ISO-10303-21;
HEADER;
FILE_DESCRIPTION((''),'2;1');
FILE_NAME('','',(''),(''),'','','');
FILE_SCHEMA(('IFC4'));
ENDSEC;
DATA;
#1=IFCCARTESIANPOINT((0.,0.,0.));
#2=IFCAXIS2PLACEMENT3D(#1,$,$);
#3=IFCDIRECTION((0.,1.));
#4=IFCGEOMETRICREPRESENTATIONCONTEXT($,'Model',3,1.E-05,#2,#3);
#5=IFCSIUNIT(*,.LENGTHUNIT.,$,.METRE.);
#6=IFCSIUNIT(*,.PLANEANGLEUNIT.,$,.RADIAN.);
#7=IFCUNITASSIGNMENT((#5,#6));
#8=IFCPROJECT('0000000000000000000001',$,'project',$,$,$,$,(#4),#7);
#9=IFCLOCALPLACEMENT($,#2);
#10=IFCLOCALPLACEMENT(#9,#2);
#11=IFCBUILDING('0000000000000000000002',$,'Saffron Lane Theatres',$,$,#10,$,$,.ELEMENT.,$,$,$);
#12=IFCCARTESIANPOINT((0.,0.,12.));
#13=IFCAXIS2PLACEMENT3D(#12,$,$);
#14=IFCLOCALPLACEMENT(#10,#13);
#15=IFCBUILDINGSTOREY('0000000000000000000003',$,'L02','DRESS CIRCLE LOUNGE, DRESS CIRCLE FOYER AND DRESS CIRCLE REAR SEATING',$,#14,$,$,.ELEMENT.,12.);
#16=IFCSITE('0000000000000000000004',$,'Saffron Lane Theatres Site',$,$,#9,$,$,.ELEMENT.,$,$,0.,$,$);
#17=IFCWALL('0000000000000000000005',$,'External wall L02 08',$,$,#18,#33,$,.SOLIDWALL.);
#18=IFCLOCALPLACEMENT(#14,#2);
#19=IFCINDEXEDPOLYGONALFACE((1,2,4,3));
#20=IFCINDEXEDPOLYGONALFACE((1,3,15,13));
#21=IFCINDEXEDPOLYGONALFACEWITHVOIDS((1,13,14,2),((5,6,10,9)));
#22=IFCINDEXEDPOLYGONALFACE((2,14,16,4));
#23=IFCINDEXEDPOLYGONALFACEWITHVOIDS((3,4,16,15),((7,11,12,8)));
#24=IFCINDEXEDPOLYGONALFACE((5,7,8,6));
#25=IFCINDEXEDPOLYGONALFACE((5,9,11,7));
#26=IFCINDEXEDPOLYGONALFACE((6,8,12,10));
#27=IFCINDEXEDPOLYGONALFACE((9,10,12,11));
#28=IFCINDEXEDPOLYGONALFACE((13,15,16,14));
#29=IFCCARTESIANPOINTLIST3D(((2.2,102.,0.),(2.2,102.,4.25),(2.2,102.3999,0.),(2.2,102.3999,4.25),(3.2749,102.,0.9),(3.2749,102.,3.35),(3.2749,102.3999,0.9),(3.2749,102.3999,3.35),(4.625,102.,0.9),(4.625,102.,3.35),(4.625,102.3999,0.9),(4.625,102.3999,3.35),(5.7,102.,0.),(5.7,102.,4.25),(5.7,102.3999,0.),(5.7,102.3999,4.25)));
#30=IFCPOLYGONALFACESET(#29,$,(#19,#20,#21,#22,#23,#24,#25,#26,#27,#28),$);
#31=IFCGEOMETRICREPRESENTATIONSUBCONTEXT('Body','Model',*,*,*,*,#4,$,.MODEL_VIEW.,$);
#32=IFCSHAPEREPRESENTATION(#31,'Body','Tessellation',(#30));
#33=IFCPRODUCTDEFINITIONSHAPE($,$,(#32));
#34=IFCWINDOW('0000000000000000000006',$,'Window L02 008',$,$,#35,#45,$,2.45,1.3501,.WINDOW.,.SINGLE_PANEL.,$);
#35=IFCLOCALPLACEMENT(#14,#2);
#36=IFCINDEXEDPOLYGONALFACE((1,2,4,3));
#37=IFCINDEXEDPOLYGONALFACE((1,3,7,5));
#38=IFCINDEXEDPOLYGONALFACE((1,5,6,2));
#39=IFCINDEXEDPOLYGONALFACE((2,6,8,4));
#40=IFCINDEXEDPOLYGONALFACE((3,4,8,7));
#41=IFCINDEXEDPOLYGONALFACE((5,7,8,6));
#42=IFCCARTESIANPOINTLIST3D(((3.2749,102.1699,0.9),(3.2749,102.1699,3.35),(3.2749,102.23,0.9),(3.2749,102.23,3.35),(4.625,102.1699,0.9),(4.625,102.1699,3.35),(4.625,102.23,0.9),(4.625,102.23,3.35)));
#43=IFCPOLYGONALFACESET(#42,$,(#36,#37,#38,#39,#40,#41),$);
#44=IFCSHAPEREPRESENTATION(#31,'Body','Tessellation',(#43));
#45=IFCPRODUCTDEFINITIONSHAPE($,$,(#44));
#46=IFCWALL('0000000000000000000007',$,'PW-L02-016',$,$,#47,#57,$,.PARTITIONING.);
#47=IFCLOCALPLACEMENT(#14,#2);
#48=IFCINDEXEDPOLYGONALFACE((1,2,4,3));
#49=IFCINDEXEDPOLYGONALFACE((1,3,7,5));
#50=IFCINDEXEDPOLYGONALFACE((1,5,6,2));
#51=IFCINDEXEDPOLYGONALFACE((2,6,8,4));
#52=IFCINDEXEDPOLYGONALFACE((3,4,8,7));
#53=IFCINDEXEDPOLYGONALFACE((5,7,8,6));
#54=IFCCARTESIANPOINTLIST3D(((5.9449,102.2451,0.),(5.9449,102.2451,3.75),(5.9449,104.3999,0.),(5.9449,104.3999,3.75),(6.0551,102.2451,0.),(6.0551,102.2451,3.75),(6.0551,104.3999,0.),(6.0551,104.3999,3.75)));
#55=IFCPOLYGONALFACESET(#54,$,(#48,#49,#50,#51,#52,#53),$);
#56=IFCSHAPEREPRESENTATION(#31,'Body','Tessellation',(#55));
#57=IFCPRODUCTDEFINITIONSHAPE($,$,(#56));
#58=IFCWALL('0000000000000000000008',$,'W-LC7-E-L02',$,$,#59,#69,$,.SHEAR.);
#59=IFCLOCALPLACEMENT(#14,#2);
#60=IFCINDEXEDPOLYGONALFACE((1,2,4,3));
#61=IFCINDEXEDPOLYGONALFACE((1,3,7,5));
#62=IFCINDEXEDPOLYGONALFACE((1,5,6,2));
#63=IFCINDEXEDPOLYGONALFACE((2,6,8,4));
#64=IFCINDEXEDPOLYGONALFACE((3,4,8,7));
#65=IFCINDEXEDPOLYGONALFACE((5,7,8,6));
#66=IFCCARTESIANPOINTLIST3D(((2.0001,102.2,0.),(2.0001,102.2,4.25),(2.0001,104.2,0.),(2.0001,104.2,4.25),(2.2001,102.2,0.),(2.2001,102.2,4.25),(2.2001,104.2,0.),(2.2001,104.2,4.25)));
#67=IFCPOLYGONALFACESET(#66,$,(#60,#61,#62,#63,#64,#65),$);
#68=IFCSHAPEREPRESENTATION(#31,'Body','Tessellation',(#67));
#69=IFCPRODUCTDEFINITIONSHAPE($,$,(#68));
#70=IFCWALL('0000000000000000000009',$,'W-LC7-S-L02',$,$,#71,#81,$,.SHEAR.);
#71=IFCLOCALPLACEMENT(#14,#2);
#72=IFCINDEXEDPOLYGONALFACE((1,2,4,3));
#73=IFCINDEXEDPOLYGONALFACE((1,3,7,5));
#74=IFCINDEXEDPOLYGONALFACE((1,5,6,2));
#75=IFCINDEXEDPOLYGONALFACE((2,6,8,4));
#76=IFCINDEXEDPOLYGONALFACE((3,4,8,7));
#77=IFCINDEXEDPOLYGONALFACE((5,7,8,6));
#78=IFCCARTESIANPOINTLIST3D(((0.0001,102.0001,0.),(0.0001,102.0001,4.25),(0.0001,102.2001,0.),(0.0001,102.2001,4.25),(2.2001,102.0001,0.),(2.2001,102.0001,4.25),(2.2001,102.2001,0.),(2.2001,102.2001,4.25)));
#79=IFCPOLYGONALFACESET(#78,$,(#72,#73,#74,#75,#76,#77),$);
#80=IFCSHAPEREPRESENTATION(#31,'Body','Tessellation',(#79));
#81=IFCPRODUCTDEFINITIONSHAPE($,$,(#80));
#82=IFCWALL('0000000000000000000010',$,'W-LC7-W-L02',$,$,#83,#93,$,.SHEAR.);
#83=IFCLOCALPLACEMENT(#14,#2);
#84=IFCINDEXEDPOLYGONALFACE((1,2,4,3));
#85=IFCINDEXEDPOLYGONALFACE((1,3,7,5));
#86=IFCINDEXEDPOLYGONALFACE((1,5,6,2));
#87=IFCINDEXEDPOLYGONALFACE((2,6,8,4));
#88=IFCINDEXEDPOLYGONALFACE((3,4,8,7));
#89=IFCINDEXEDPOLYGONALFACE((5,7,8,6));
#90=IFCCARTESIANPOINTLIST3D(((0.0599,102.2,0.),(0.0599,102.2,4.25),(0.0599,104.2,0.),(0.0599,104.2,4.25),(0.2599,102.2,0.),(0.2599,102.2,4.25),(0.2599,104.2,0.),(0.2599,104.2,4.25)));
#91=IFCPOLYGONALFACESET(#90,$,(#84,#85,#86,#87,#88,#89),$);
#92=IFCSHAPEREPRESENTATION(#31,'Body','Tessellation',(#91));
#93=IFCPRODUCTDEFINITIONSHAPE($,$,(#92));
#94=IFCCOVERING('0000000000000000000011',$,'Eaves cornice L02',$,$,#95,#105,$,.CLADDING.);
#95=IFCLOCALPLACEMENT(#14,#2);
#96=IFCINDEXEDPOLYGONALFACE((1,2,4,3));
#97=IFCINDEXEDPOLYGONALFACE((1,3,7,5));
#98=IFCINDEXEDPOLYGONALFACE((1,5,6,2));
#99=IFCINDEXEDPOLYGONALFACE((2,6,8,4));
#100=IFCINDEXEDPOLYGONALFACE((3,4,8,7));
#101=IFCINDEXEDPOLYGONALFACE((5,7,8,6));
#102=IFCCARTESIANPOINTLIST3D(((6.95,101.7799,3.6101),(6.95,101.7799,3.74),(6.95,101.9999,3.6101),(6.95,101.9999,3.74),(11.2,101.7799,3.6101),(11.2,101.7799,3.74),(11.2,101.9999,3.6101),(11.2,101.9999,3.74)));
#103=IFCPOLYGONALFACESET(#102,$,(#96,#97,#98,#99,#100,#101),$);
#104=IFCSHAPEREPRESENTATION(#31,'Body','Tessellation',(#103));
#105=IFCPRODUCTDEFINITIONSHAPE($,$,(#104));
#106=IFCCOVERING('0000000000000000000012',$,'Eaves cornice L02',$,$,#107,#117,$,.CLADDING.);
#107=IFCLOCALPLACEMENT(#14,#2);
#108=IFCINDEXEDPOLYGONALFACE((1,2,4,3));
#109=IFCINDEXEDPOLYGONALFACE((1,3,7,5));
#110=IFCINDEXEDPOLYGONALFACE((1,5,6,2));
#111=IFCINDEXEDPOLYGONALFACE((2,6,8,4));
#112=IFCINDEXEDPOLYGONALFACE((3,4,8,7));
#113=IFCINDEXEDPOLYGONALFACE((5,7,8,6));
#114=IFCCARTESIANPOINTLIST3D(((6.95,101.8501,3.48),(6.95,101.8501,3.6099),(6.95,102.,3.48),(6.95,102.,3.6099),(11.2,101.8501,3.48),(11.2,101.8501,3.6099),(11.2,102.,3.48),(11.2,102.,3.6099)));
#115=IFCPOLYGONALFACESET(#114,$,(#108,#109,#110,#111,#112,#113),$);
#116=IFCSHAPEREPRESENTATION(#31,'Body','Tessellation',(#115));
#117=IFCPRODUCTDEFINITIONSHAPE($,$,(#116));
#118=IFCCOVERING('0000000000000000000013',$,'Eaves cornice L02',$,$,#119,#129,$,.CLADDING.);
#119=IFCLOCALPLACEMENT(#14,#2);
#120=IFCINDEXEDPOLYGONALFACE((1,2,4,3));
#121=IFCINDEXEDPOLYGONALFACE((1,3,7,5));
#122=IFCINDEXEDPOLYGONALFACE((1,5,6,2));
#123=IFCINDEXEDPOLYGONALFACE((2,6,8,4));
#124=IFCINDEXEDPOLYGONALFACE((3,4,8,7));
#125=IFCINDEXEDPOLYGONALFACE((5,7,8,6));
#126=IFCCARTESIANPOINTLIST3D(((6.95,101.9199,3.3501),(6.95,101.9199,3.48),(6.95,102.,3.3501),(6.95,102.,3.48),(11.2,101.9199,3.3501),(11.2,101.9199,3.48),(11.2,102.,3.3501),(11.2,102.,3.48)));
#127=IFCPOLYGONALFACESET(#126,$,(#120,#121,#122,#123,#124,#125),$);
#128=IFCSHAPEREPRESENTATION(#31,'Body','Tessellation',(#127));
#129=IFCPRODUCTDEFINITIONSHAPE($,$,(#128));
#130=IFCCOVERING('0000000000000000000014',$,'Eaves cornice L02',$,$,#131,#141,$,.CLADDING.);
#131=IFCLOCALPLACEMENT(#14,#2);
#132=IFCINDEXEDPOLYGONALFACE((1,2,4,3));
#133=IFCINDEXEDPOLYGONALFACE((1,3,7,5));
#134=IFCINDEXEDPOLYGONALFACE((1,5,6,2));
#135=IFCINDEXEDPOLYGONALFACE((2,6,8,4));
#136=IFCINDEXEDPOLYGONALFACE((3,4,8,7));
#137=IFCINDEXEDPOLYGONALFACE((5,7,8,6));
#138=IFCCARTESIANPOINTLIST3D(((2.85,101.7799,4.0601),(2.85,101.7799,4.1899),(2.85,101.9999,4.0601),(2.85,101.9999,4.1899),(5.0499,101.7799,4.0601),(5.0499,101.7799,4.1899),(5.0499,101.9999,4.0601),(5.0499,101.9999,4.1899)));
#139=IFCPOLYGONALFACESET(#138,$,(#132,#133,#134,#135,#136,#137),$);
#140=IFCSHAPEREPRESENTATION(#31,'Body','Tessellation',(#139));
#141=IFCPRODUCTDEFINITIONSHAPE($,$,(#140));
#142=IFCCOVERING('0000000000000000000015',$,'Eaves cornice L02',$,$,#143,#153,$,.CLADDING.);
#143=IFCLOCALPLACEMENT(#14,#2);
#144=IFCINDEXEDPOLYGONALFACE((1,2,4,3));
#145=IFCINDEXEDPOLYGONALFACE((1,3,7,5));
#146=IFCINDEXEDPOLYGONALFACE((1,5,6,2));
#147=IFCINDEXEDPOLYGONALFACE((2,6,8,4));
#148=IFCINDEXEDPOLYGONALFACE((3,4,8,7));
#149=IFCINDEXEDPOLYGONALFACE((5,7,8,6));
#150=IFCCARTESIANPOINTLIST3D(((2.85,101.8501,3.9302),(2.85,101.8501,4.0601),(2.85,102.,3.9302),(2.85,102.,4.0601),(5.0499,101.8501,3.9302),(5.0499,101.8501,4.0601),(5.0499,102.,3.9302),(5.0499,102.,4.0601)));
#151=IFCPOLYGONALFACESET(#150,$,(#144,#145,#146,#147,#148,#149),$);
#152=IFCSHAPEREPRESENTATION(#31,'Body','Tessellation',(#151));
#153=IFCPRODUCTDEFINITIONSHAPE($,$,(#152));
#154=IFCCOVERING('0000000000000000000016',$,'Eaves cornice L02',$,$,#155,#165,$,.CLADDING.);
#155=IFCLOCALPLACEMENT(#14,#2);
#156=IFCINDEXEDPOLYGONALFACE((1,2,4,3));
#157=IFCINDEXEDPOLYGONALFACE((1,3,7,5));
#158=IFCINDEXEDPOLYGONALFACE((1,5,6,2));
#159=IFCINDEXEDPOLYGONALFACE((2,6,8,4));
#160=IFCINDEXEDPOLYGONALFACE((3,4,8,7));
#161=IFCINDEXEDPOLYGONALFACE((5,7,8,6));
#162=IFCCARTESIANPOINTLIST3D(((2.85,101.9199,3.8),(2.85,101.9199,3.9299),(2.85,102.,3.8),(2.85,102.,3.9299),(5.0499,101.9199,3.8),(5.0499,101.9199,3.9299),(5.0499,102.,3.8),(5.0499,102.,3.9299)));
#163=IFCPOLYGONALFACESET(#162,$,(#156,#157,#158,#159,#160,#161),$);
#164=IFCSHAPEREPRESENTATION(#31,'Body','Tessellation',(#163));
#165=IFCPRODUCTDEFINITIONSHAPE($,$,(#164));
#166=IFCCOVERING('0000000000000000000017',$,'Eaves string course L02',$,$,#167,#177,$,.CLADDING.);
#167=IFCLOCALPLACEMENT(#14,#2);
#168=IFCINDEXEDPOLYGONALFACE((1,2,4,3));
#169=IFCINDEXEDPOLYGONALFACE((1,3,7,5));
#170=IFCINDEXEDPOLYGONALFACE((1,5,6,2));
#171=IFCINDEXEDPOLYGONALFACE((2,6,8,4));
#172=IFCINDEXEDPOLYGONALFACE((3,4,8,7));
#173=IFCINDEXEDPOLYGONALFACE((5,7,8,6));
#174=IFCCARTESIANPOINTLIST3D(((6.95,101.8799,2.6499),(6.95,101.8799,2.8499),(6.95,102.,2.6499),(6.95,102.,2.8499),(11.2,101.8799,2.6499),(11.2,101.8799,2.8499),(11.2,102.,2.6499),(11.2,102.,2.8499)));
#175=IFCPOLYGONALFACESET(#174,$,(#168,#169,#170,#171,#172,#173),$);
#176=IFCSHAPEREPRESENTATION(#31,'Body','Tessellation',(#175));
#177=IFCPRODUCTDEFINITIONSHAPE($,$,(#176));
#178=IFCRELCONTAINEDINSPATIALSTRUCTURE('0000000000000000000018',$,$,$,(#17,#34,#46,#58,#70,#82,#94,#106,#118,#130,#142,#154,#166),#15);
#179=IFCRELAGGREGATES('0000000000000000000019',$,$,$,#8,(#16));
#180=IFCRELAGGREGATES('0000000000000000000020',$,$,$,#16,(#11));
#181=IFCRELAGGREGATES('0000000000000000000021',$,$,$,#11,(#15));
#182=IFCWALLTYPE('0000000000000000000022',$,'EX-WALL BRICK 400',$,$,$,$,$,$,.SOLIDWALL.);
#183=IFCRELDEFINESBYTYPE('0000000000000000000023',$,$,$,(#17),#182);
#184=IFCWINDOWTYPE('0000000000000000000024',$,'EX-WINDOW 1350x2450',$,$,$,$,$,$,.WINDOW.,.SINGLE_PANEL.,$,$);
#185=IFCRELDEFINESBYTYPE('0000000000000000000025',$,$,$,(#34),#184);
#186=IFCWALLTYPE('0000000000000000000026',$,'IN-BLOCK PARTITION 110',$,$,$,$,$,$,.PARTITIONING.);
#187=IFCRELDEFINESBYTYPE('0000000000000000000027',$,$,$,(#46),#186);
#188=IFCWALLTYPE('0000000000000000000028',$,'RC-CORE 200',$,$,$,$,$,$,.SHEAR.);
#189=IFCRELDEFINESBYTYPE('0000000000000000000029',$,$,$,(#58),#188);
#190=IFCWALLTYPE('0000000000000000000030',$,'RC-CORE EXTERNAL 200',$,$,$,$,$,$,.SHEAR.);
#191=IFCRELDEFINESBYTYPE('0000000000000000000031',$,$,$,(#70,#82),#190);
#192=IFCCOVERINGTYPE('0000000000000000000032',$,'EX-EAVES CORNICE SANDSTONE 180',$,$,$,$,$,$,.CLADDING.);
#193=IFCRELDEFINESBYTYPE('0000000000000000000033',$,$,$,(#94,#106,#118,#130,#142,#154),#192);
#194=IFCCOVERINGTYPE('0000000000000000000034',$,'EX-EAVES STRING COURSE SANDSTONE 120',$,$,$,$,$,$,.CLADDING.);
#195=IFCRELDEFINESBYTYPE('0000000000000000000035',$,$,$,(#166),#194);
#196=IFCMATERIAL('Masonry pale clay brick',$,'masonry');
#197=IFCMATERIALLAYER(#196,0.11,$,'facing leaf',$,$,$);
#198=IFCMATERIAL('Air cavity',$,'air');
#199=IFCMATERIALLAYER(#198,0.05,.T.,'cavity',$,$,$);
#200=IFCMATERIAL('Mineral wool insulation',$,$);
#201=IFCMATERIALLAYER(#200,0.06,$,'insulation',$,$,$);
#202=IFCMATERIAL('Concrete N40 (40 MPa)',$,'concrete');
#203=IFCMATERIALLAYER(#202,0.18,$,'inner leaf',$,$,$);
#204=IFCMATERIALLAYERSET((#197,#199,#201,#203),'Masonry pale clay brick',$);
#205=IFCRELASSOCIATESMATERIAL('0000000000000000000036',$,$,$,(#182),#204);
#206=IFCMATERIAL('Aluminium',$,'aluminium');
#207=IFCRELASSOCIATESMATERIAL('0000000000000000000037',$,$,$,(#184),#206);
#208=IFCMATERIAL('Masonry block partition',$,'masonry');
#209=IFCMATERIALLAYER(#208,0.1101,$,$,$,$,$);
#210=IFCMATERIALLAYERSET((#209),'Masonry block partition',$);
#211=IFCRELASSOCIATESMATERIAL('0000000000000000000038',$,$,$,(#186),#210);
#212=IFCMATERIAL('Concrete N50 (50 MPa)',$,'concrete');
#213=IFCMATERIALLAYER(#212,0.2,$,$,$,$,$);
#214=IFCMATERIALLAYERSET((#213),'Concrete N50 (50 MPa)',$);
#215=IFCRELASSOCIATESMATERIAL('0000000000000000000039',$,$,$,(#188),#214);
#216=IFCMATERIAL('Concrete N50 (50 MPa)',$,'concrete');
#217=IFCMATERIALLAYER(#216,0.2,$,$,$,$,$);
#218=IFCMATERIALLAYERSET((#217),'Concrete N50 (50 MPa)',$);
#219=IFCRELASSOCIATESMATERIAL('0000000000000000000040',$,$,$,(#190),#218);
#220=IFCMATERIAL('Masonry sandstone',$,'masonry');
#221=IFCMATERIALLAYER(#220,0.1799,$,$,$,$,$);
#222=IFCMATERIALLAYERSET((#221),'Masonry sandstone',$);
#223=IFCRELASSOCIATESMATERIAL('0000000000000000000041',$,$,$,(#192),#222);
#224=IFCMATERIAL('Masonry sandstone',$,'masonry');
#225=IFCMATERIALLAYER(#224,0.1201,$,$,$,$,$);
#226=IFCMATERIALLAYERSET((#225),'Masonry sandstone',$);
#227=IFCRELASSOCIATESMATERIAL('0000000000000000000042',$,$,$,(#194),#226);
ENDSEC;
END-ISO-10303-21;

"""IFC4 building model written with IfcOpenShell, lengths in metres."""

from ifc_helpers import new_model, si_unit, direction, frame, frame_2d, origin, origin_2d, place, context, subcontext, project, spatial, rectangle, extrude, material, layer, layer_set, type_object, element, fill, save


model = new_model("IFC4")

# Units and contexts
model_context = context("Model", 3, precision=1e-05, world=origin(), true_north=direction((0.0, 1.0)))
body_context = subcontext(model_context, "Body", "Model", "MODEL_VIEW")
ifc_project = project(units=[si_unit("LENGTHUNIT", "METRE"), si_unit("PLANEANGLEUNIT", "RADIAN")], contexts=[model_context])

# Site, building, storey
site_placement = place(None, origin())
site = spatial("IfcSite", under=ifc_project, at=site_placement, Name="Saffron Lane Theatres Site", CompositionType="ELEMENT", RefElevation=0.0)
building_placement = place(site_placement, origin())
building = spatial("IfcBuilding", under=site, at=building_placement, Name="Saffron Lane Theatres", CompositionType="ELEMENT")
storey_placement = place(building_placement, frame((0.0, 0.0, 12.0)))
storey = spatial("IfcBuildingStorey", under=building, at=storey_placement, Name="L02", Description="DRESS CIRCLE LOUNGE, DRESS CIRCLE FOYER AND DRESS CIRCLE REAR SEATING", CompositionType="ELEMENT", Elevation=12.0)

# Wall, opening, window
ifc_material_1 = material(Name="Masonry pale clay brick", Category="masonry")
ifc_layer_1 = layer(ifc_material_1, 0.11, Name="facing leaf")
ifc_material_2 = material(Name="Air cavity", Category="air")
ifc_layer_2 = layer(ifc_material_2, 0.05, ventilated=True, Name="cavity")
ifc_material_3 = material(Name="Mineral wool insulation")
ifc_layer_3 = layer(ifc_material_3, 0.06, Name="insulation")
ifc_material_4 = material(Name="Concrete N40 (40 MPa)", Category="concrete")
ifc_layer_4 = layer(ifc_material_4, 0.18, Name="inner leaf")
ifc_layer_set_1 = layer_set([ifc_layer_1, ifc_layer_2, ifc_layer_3, ifc_layer_4], Name="Masonry pale clay brick")
wall_type_1 = type_object("IfcWallType", Name="EX-WALL BRICK 400", PredefinedType="SOLIDWALL", material=ifc_layer_set_1)
wall_1_placement = place(storey_placement, frame((5.7, 102.2, 0.0), z_axis=(0.0, 0.0, 1.0), x_axis=(-1.0, 0.0, 0.0)))
wall_1 = element("IfcWall", 1, at=wall_1_placement, inside=storey, type_object=wall_type_1, Name="External wall L02 08", PredefinedType="SOLIDWALL", context=body_context, shape_type="SweptSolid", body=[
    extrude(rectangle(XDim=3.5, YDim=0.3999, at=frame_2d((1.75, 0.0))), origin(), (0.0, 0.0, 1.0), 4.25),
])
opening_1_placement = place(wall_1_placement, frame((1.075, 0.0, 0.8999)))
opening_1 = element("IfcOpeningElement", 2, at=opening_1_placement, cuts=wall_1, PredefinedType="OPENING", context=body_context, shape_type="SweptSolid", body=[
    extrude(rectangle(XDim=1.3501, YDim=2.45, at=frame_2d((0.675, 1.2251))), frame((0.0, 0.21, 0.0), z_axis=(0.0, -1.0, 0.0), x_axis=(1.0, 0.0, 0.0)), (0.0, 0.0, 1.0), 0.4199),
])
ifc_material_5 = material(Name="Aluminium", Category="aluminium")
window_type_1 = type_object("IfcWindowType", Name="EX-WINDOW 1350x2450", PartitioningType="SINGLE_PANEL", PredefinedType="WINDOW", material=ifc_material_5)
window_1_placement = place(opening_1_placement, origin())
window_1 = element("IfcWindow", 3, at=window_1_placement, inside=storey, type_object=window_type_1, Name="Window L02 008", OverallHeight=2.45, OverallWidth=1.3501, PartitioningType="SINGLE_PANEL", PredefinedType="WINDOW", context=body_context, shape_type="SweptSolid", body=[
    extrude(rectangle(XDim=1.3501, YDim=2.45, at=frame_2d((0.675, 1.2251))), frame((0.0, 0.03, 0.0), z_axis=(0.0, -1.0, 0.0), x_axis=(1.0, 0.0, 0.0)), (0.0, 0.0, 1.0), 0.0601),
])
fill(opening_1, window_1)

# Walls
ifc_material_6 = material(Name="Masonry block partition", Category="masonry")
ifc_layer_5 = layer(ifc_material_6, 0.1101)
ifc_layer_set_2 = layer_set([ifc_layer_5], Name="Masonry block partition")
wall_type_2 = type_object("IfcWallType", Name="IN-BLOCK PARTITION 110", PredefinedType="PARTITIONING", material=ifc_layer_set_2)
wall_2_placement = place(storey_placement, frame((6.0, 102.2451, 0.0), z_axis=(0.0, 0.0, 1.0), x_axis=(0.0, 1.0, 0.0)))
element("IfcWall", 4, at=wall_2_placement, inside=storey, type_object=wall_type_2, Name="PW-L02-016", PredefinedType="PARTITIONING", context=body_context, shape_type="SweptSolid", body=[
    extrude(rectangle(XDim=2.1548, YDim=0.1101, at=frame_2d((1.0774, 0.0))), origin(), (0.0, 0.0, 1.0), 3.75),
])
ifc_material_7 = material(Name="Concrete N50 (50 MPa)", Category="concrete")
ifc_layer_6 = layer(ifc_material_7, 0.2)
ifc_layer_set_3 = layer_set([ifc_layer_6], Name="Concrete N50 (50 MPa)")
wall_type_3 = type_object("IfcWallType", Name="RC-CORE 200", PredefinedType="SHEAR", material=ifc_layer_set_3)
wall_3_placement = place(storey_placement, frame((2.1001, 102.2, 0.0), z_axis=(0.0, 0.0, 1.0), x_axis=(0.0, 1.0, 0.0)))
element("IfcWall", 5, at=wall_3_placement, inside=storey, type_object=wall_type_3, Name="W-LC7-E-L02", PredefinedType="SHEAR", context=body_context, shape_type="SweptSolid", body=[
    extrude(rectangle(XDim=2.0, YDim=0.2, at=frame_2d((1.0, 0.0))), origin(), (0.0, 0.0, 1.0), 4.25),
])
ifc_material_8 = material(Name="Concrete N50 (50 MPa)", Category="concrete")
ifc_layer_7 = layer(ifc_material_8, 0.2)
ifc_layer_set_4 = layer_set([ifc_layer_7], Name="Concrete N50 (50 MPa)")
wall_type_4 = type_object("IfcWallType", Name="RC-CORE EXTERNAL 200", PredefinedType="SHEAR", material=ifc_layer_set_4)
wall_4_placement = place(storey_placement, frame((0.0, 102.1001, 0.0), z_axis=(0.0, 0.0, 1.0), x_axis=(1.0, 0.0, 0.0)))
element("IfcWall", 6, at=wall_4_placement, inside=storey, type_object=wall_type_4, Name="W-LC7-S-L02", PredefinedType="SHEAR", context=body_context, shape_type="SweptSolid", body=[
    extrude(rectangle(XDim=2.2, YDim=0.2, at=frame_2d((1.1001, 0.0))), origin(), (0.0, 0.0, 1.0), 4.25),
])
wall_5_placement = place(storey_placement, frame((0.1599, 102.2, 0.0), z_axis=(0.0, 0.0, 1.0), x_axis=(0.0, 1.0, 0.0)))
element("IfcWall", 7, at=wall_5_placement, inside=storey, type_object=wall_type_4, Name="W-LC7-W-L02", PredefinedType="SHEAR", context=body_context, shape_type="SweptSolid", body=[
    extrude(rectangle(XDim=2.0, YDim=0.2, at=frame_2d((1.0, 0.0))), origin(), (0.0, 0.0, 1.0), 4.25),
])

# Coverings
ifc_material_9 = material(Name="Masonry sandstone", Category="masonry")
ifc_layer_8 = layer(ifc_material_9, 0.1799)
ifc_layer_set_5 = layer_set([ifc_layer_8], Name="Masonry sandstone")
covering_type_1 = type_object("IfcCoveringType", Name="EX-EAVES CORNICE SANDSTONE 180", PredefinedType="CLADDING", material=ifc_layer_set_5)
covering_1_placement = place(storey_placement, frame((9.075, 101.8899, 3.6101), z_axis=(0.0, 0.0, 1.0), x_axis=(-1.0, 0.0, 0.0)))
element("IfcCovering", 8, at=covering_1_placement, inside=storey, type_object=covering_type_1, Name="Eaves cornice L02", PredefinedType="CLADDING", context=body_context, shape_type="SweptSolid", body=[
    extrude(rectangle(XDim=4.25, YDim=0.22, at=origin_2d()), origin(), (0.0, 0.0, 1.0), 0.1299),
])
covering_2_placement = place(storey_placement, frame((9.075, 101.925, 3.48), z_axis=(0.0, 0.0, 1.0), x_axis=(-1.0, 0.0, 0.0)))
element("IfcCovering", 9, at=covering_2_placement, inside=storey, type_object=covering_type_1, Name="Eaves cornice L02", PredefinedType="CLADDING", context=body_context, shape_type="SweptSolid", body=[
    extrude(rectangle(XDim=4.25, YDim=0.1499, at=origin_2d()), origin(), (0.0, 0.0, 1.0), 0.1299),
])
covering_3_placement = place(storey_placement, frame((9.075, 101.96, 3.3501), z_axis=(0.0, 0.0, 1.0), x_axis=(-1.0, 0.0, 0.0)))
element("IfcCovering", 10, at=covering_3_placement, inside=storey, type_object=covering_type_1, Name="Eaves cornice L02", PredefinedType="CLADDING", context=body_context, shape_type="SweptSolid", body=[
    extrude(rectangle(XDim=4.25, YDim=0.0801, at=origin_2d()), origin(), (0.0, 0.0, 1.0), 0.1299),
])
covering_4_placement = place(storey_placement, frame((3.95, 101.8899, 4.0601), z_axis=(0.0, 0.0, 1.0), x_axis=(-1.0, 0.0, 0.0)))
element("IfcCovering", 11, at=covering_4_placement, inside=storey, type_object=covering_type_1, Name="Eaves cornice L02", PredefinedType="CLADDING", context=body_context, shape_type="SweptSolid", body=[
    extrude(rectangle(XDim=2.2, YDim=0.22, at=origin_2d()), origin(), (0.0, 0.0, 1.0), 0.1299),
])
covering_5_placement = place(storey_placement, frame((3.95, 101.925, 3.9302), z_axis=(0.0, 0.0, 1.0), x_axis=(-1.0, 0.0, 0.0)))
element("IfcCovering", 12, at=covering_5_placement, inside=storey, type_object=covering_type_1, Name="Eaves cornice L02", PredefinedType="CLADDING", context=body_context, shape_type="SweptSolid", body=[
    extrude(rectangle(XDim=2.2, YDim=0.1499, at=origin_2d()), origin(), (0.0, 0.0, 1.0), 0.1299),
])
covering_6_placement = place(storey_placement, frame((3.95, 101.96, 3.8), z_axis=(0.0, 0.0, 1.0), x_axis=(-1.0, 0.0, 0.0)))
element("IfcCovering", 13, at=covering_6_placement, inside=storey, type_object=covering_type_1, Name="Eaves cornice L02", PredefinedType="CLADDING", context=body_context, shape_type="SweptSolid", body=[
    extrude(rectangle(XDim=2.2, YDim=0.0801, at=origin_2d()), origin(), (0.0, 0.0, 1.0), 0.1299),
])
ifc_material_10 = material(Name="Masonry sandstone", Category="masonry")
ifc_layer_9 = layer(ifc_material_10, 0.1201)
ifc_layer_set_6 = layer_set([ifc_layer_9], Name="Masonry sandstone")
covering_type_2 = type_object("IfcCoveringType", Name="EX-EAVES STRING COURSE SANDSTONE 120", PredefinedType="CLADDING", material=ifc_layer_set_6)
covering_7_placement = place(storey_placement, frame((9.075, 101.9399, 2.6499), z_axis=(0.0, 0.0, 1.0), x_axis=(-1.0, 0.0, 0.0)))
element("IfcCovering", 14, at=covering_7_placement, inside=storey, type_object=covering_type_2, Name="Eaves string course L02", PredefinedType="CLADDING", context=body_context, shape_type="SweptSolid", body=[
    extrude(rectangle(XDim=4.25, YDim=0.1201, at=origin_2d()), origin(), (0.0, 0.0, 1.0), 0.2),
])

save(model, "model.ifc")
